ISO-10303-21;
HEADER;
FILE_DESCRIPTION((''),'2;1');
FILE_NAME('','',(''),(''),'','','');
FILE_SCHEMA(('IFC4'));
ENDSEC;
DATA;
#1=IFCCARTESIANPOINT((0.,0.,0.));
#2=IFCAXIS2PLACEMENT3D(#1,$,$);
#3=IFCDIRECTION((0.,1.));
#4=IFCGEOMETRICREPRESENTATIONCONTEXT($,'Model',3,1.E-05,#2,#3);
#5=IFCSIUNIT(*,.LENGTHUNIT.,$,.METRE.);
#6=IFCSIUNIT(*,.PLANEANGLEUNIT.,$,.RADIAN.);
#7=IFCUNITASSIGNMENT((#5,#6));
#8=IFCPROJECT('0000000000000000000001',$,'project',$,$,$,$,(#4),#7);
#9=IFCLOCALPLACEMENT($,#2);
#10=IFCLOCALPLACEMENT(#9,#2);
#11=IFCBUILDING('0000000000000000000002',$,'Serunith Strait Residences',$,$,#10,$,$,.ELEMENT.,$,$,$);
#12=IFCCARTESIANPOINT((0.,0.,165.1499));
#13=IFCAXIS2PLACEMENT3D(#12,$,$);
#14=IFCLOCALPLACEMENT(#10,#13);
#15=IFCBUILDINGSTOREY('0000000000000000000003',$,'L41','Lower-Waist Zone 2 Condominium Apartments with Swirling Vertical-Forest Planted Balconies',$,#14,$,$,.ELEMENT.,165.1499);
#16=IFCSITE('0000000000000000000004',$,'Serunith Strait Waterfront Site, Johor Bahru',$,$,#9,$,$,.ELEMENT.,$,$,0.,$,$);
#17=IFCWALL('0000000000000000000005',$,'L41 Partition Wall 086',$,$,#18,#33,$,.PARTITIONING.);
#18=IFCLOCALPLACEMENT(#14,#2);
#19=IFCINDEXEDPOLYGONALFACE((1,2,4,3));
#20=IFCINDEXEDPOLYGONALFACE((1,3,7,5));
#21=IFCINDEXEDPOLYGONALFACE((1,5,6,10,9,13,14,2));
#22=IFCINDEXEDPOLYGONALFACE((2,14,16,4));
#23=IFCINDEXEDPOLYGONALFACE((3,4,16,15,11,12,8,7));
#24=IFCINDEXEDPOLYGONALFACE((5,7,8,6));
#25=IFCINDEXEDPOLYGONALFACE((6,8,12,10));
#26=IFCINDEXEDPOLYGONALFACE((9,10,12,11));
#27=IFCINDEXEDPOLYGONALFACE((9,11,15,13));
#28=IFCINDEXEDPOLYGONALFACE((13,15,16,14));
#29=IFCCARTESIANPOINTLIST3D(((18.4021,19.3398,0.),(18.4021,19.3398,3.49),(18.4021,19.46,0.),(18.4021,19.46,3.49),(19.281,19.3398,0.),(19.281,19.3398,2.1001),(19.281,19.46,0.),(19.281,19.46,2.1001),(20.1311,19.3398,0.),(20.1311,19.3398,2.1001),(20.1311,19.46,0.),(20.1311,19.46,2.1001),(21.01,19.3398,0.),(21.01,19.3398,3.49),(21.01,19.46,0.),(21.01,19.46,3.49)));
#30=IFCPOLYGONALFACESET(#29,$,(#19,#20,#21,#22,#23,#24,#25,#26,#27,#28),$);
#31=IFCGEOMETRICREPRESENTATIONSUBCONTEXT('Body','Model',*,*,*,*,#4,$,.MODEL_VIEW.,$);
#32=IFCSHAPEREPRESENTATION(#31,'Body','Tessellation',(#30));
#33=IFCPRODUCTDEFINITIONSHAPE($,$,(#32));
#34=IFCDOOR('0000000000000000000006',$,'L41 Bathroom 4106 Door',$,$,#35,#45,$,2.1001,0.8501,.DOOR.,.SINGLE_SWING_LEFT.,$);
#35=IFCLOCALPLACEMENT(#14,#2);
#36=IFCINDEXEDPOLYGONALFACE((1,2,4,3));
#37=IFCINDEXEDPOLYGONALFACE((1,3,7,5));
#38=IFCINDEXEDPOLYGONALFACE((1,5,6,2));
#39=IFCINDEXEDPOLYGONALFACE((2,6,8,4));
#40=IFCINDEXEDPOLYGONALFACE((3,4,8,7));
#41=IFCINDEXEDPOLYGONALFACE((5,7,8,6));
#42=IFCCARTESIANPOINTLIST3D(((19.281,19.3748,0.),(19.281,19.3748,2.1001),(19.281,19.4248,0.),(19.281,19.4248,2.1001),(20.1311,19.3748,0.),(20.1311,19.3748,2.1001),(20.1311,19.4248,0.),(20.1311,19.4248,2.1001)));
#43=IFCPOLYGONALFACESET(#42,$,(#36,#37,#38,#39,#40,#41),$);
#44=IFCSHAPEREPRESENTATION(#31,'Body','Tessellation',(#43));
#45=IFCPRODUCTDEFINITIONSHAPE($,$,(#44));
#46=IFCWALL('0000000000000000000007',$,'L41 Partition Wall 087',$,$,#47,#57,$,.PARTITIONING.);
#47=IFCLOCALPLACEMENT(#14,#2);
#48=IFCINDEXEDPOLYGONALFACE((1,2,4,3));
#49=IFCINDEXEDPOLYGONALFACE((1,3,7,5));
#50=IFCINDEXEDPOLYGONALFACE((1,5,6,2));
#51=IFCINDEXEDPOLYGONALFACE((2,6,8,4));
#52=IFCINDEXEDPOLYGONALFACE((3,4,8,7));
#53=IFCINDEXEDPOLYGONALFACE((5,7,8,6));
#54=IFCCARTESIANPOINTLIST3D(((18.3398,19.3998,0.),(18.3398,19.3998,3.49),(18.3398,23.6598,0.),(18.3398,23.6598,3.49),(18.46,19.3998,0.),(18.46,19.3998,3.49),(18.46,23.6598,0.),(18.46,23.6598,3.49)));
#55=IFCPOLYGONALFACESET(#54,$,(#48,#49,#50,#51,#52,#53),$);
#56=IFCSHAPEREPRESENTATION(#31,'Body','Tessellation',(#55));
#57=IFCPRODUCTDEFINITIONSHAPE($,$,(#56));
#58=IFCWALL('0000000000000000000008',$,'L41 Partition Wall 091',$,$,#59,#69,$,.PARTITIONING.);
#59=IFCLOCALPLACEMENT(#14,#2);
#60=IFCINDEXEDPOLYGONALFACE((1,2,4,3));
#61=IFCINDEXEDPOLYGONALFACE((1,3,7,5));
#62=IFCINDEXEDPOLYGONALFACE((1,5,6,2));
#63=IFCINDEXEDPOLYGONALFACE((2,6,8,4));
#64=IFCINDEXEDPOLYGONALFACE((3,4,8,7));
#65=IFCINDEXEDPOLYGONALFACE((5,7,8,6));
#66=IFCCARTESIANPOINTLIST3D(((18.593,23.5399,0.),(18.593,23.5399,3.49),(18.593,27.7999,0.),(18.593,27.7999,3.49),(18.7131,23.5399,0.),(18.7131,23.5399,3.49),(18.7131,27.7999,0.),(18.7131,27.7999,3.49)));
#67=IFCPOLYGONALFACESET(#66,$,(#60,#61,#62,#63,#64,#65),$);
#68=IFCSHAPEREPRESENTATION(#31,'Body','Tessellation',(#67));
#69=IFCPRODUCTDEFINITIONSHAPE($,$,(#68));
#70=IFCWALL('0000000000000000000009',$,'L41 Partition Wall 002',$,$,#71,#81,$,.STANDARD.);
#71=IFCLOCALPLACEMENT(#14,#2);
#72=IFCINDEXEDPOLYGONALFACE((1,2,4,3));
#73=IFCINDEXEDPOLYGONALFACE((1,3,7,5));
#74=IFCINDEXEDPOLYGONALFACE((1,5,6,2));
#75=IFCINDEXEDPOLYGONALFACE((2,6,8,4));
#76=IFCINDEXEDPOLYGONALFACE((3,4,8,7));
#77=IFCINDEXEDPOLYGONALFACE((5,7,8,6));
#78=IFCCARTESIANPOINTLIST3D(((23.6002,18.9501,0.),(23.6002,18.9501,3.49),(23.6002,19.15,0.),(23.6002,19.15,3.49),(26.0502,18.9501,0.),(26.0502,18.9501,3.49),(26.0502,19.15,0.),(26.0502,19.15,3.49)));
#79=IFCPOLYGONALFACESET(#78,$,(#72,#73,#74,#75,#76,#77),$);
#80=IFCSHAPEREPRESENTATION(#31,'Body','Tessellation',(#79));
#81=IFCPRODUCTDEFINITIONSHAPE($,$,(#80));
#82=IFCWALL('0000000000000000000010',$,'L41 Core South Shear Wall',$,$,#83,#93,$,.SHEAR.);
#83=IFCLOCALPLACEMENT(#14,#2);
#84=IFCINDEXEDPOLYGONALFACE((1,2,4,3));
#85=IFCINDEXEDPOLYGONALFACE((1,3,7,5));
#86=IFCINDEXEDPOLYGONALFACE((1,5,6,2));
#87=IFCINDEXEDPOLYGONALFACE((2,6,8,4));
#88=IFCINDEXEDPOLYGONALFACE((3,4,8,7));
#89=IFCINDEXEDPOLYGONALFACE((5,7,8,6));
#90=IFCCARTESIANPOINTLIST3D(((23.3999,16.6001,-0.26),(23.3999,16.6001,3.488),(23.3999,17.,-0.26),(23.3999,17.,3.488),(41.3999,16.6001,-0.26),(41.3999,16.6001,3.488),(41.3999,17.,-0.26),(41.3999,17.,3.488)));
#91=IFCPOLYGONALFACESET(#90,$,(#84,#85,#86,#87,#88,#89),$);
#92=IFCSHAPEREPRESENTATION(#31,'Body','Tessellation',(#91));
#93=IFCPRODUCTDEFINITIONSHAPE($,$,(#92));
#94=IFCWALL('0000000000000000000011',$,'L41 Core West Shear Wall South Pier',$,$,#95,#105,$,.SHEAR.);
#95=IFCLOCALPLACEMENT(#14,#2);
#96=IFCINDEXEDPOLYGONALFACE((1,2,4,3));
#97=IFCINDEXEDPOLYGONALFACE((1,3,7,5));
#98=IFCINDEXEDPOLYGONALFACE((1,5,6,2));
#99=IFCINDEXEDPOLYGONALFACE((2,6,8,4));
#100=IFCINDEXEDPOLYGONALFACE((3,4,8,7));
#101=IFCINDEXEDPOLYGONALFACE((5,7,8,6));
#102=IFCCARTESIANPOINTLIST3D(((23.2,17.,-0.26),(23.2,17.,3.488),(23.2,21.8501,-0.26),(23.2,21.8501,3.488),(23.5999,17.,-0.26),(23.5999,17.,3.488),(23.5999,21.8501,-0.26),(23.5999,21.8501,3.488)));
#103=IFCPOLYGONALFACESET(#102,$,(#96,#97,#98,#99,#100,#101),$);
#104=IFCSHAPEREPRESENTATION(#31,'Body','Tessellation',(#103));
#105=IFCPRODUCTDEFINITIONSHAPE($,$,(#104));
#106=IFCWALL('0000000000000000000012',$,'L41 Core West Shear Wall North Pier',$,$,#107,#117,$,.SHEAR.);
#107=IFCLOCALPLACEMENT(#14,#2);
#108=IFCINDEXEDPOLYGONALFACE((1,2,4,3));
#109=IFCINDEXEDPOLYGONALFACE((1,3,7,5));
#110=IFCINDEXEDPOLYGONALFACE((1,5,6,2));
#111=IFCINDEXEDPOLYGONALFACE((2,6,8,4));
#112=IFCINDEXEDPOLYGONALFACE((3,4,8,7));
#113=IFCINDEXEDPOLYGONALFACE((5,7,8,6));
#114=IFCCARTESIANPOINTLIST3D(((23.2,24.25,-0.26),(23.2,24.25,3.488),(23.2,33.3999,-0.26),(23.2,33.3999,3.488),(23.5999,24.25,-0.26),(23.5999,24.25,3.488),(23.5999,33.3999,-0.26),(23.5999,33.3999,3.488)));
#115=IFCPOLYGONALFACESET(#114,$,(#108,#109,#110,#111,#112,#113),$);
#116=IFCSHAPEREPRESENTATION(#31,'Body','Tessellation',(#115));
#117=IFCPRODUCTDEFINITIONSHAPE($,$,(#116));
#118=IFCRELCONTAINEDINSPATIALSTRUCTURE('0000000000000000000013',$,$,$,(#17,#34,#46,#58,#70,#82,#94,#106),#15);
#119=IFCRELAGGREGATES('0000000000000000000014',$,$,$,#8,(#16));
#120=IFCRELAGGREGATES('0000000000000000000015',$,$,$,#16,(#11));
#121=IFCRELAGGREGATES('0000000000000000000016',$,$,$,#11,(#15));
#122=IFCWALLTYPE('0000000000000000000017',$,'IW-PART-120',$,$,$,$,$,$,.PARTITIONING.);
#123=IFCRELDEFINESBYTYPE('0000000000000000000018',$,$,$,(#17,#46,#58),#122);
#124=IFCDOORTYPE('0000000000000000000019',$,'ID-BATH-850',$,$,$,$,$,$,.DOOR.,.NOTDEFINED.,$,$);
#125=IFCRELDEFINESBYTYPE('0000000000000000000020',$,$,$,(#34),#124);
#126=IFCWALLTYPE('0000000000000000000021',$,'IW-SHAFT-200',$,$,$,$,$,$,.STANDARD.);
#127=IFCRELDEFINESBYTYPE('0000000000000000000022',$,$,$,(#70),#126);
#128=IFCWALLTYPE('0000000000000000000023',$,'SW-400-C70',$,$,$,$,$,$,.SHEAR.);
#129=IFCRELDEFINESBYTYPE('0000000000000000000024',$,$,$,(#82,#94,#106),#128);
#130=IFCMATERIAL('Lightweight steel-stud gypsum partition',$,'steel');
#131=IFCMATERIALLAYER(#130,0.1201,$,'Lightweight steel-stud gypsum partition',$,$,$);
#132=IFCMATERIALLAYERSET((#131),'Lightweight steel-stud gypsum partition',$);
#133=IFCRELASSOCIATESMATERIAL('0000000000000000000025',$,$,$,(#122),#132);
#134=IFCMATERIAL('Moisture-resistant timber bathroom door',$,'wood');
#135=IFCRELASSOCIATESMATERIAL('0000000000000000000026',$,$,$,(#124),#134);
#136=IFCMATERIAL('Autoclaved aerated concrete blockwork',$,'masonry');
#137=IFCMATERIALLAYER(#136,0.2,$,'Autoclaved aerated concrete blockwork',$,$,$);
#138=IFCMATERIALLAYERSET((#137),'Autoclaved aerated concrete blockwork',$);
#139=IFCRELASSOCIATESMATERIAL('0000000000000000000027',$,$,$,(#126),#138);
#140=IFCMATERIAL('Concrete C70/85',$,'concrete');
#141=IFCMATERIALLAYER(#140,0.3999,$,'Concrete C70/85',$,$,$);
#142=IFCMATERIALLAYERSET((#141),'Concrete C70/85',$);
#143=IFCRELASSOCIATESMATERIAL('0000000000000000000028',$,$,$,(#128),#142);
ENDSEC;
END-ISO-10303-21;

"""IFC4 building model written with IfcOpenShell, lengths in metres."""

from ifc_helpers import new_model, si_unit, direction, frame, frame_2d, origin, place, context, subcontext, project, spatial, rectangle, extrude, source, transform, mapped, material, layer, layer_set, type_object, element, fill, save


model = new_model("IFC4")

# Units and contexts
model_context = context("Model", 3, precision=1e-05, world=origin(), true_north=direction((0.0, 1.0)))
body_context = subcontext(model_context, "Body", "Model", "MODEL_VIEW")
ifc_project = project(units=[si_unit("LENGTHUNIT", "METRE"), si_unit("PLANEANGLEUNIT", "RADIAN")], contexts=[model_context])

# Site, building, storey
site_placement = place(None, origin())
site = spatial("IfcSite", under=ifc_project, at=site_placement, Name="Serunith Strait Waterfront Site, Johor Bahru", CompositionType="ELEMENT", RefElevation=0.0)
building_placement = place(site_placement, origin())
building = spatial("IfcBuilding", under=site, at=building_placement, Name="Serunith Strait Residences", CompositionType="ELEMENT")
storey_placement = place(building_placement, frame((0.0, 0.0, 165.1499)))
storey = spatial("IfcBuildingStorey", under=building, at=storey_placement, Name="L41", Description="Lower-Waist Zone 2 Condominium Apartments with Swirling Vertical-Forest Planted Balconies", CompositionType="ELEMENT", Elevation=165.1499)

# Wall, opening, door
ifc_material_1 = material(Name="Lightweight steel-stud gypsum partition", Category="steel")
ifc_layer_1 = layer(ifc_material_1, 0.1201, Name="Lightweight steel-stud gypsum partition")
ifc_layer_set_1 = layer_set([ifc_layer_1], Name="Lightweight steel-stud gypsum partition")
wall_type_1 = type_object("IfcWallType", Name="IW-PART-120", PredefinedType="PARTITIONING", material=ifc_layer_set_1)
wall_1_placement = place(storey_placement, frame((18.4021, 19.3999, 0.0), z_axis=(0.0, 0.0, 1.0), x_axis=(1.0, 0.0, 0.0)))
wall_1 = element("IfcWall", 1, at=wall_1_placement, inside=storey, type_object=wall_type_1, Name="L41 Partition Wall 086", PredefinedType="PARTITIONING", context=body_context, shape_type="SweptSolid", body=[
    extrude(rectangle(XDim=2.6079, YDim=0.1201, at=frame_2d((1.304, 0.0))), origin(), (0.0, 0.0, 1.0), 3.49),
])
opening_1_placement = place(wall_1_placement, frame((0.8789, 0.0, 0.0)))
opening_1 = element("IfcOpeningElement", 2, at=opening_1_placement, cuts=wall_1, PredefinedType="OPENING", context=body_context, shape_type="SweptSolid", body=[
    extrude(rectangle(XDim=0.8501, YDim=2.1001, at=frame_2d((0.425, 1.05))), frame((0.0, 0.0701, 0.0), z_axis=(0.0, -1.0, 0.0), x_axis=(1.0, 0.0, 0.0)), (0.0, 0.0, 1.0), 0.1401),
])
ifc_material_2 = material(Name="Moisture-resistant timber bathroom door", Category="wood")
door_type_1 = type_object("IfcDoorType", Name="ID-BATH-850", OperationType="NOTDEFINED", PredefinedType="DOOR", material=ifc_material_2)
shared_shape_1 = source(origin(), body_context, "Body", "SweptSolid", [
    extrude(rectangle(XDim=0.8501, YDim=2.1001, at=frame_2d((0.425, 1.05))), frame((0.0, 0.0249, 0.0), z_axis=(0.0, -1.0, 0.0), x_axis=(1.0, 0.0, 0.0)), (0.0, 0.0, 1.0), 0.05),
])
door_1_placement = place(opening_1_placement, origin())
door_1 = element("IfcDoor", 3, at=door_1_placement, inside=storey, type_object=door_type_1, Name="L41 Bathroom 4106 Door", OperationType="SINGLE_SWING_LEFT", OverallHeight=2.1001, OverallWidth=0.8501, PredefinedType="DOOR", context=body_context, shape_type="MappedRepresentation", body=[
    mapped(shared_shape_1, transform((0.0, 0.0, 0.0), scale=1.0)),
])
fill(opening_1, door_1)

# Walls
for number, where, z_axis, x_axis, name in (
    (4, (18.3999, 19.3999, 0.0), (0.0, 0.0, 1.0), (0.0, 1.0, 0.0), "L41 Partition Wall 087"),
    (5, (18.6531, 23.54, 0.0), (0.0, 0.0, 1.0), (0.0, 1.0, 0.0), "L41 Partition Wall 091"),
):
    element("IfcWall", number, at=place(storey_placement, frame(where, z_axis=z_axis, x_axis=x_axis)), inside=storey, type_object=wall_type_1, Name=name, PredefinedType="PARTITIONING", context=body_context, shape_type="SweptSolid", body=[
        extrude(rectangle(XDim=4.26, YDim=0.1201, at=frame_2d((2.1299, 0.0))), origin(), (0.0, 0.0, 1.0), 3.49),
    ])
ifc_material_3 = material(Name="Autoclaved aerated concrete blockwork", Category="masonry")
ifc_layer_2 = layer(ifc_material_3, 0.2, Name="Autoclaved aerated concrete blockwork")
ifc_layer_set_2 = layer_set([ifc_layer_2], Name="Autoclaved aerated concrete blockwork")
wall_type_2 = type_object("IfcWallType", Name="IW-SHAFT-200", PredefinedType="STANDARD", material=ifc_layer_set_2)
wall_2_placement = place(storey_placement, frame((23.6001, 19.05, 0.0), z_axis=(0.0, 0.0, 1.0), x_axis=(1.0, 0.0, 0.0)))
element("IfcWall", 6, at=wall_2_placement, inside=storey, type_object=wall_type_2, Name="L41 Partition Wall 002", PredefinedType="STANDARD", context=body_context, shape_type="SweptSolid", body=[
    extrude(rectangle(XDim=2.45, YDim=0.2, at=frame_2d((1.2251, 0.0))), origin(), (0.0, 0.0, 1.0), 3.49),
])

# Walls
ifc_material_4 = material(Name="Concrete C70/85", Category="concrete")
ifc_layer_3 = layer(ifc_material_4, 0.3999, Name="Concrete C70/85")
ifc_layer_set_3 = layer_set([ifc_layer_3], Name="Concrete C70/85")
wall_type_3 = type_object("IfcWallType", Name="SW-400-C70", PredefinedType="SHEAR", material=ifc_layer_set_3)
wall_3_placement = place(storey_placement, frame((23.3999, 16.8, -0.26), z_axis=(0.0, 0.0, 1.0), x_axis=(1.0, 0.0, 0.0)))
element("IfcWall", 7, at=wall_3_placement, inside=storey, type_object=wall_type_3, Name="L41 Core South Shear Wall", PredefinedType="SHEAR", context=body_context, shape_type="SweptSolid", body=[
    extrude(rectangle(XDim=18.0, YDim=0.3999, at=frame_2d((9.0, 0.0))), origin(), (0.0, 0.0, 1.0), 3.748),
])
wall_4_placement = place(storey_placement, frame((23.3999, 17.0, -0.26), z_axis=(0.0, 0.0, 1.0), x_axis=(0.0, 1.0, 0.0)))
element("IfcWall", 8, at=wall_4_placement, inside=storey, type_object=wall_type_3, Name="L41 Core West Shear Wall South Pier", PredefinedType="SHEAR", context=body_context, shape_type="SweptSolid", body=[
    extrude(rectangle(XDim=4.8501, YDim=0.3999, at=frame_2d((2.425, 0.0))), origin(), (0.0, 0.0, 1.0), 3.748),
])
wall_5_placement = place(storey_placement, frame((23.3999, 24.25, -0.26), z_axis=(0.0, 0.0, 1.0), x_axis=(0.0, 1.0, 0.0)))
element("IfcWall", 9, at=wall_5_placement, inside=storey, type_object=wall_type_3, Name="L41 Core West Shear Wall North Pier", PredefinedType="SHEAR", context=body_context, shape_type="SweptSolid", body=[
    extrude(rectangle(XDim=9.1499, YDim=0.3999, at=frame_2d((4.575, 0.0))), origin(), (0.0, 0.0, 1.0), 3.748),
])

save(model, "model.ifc")
